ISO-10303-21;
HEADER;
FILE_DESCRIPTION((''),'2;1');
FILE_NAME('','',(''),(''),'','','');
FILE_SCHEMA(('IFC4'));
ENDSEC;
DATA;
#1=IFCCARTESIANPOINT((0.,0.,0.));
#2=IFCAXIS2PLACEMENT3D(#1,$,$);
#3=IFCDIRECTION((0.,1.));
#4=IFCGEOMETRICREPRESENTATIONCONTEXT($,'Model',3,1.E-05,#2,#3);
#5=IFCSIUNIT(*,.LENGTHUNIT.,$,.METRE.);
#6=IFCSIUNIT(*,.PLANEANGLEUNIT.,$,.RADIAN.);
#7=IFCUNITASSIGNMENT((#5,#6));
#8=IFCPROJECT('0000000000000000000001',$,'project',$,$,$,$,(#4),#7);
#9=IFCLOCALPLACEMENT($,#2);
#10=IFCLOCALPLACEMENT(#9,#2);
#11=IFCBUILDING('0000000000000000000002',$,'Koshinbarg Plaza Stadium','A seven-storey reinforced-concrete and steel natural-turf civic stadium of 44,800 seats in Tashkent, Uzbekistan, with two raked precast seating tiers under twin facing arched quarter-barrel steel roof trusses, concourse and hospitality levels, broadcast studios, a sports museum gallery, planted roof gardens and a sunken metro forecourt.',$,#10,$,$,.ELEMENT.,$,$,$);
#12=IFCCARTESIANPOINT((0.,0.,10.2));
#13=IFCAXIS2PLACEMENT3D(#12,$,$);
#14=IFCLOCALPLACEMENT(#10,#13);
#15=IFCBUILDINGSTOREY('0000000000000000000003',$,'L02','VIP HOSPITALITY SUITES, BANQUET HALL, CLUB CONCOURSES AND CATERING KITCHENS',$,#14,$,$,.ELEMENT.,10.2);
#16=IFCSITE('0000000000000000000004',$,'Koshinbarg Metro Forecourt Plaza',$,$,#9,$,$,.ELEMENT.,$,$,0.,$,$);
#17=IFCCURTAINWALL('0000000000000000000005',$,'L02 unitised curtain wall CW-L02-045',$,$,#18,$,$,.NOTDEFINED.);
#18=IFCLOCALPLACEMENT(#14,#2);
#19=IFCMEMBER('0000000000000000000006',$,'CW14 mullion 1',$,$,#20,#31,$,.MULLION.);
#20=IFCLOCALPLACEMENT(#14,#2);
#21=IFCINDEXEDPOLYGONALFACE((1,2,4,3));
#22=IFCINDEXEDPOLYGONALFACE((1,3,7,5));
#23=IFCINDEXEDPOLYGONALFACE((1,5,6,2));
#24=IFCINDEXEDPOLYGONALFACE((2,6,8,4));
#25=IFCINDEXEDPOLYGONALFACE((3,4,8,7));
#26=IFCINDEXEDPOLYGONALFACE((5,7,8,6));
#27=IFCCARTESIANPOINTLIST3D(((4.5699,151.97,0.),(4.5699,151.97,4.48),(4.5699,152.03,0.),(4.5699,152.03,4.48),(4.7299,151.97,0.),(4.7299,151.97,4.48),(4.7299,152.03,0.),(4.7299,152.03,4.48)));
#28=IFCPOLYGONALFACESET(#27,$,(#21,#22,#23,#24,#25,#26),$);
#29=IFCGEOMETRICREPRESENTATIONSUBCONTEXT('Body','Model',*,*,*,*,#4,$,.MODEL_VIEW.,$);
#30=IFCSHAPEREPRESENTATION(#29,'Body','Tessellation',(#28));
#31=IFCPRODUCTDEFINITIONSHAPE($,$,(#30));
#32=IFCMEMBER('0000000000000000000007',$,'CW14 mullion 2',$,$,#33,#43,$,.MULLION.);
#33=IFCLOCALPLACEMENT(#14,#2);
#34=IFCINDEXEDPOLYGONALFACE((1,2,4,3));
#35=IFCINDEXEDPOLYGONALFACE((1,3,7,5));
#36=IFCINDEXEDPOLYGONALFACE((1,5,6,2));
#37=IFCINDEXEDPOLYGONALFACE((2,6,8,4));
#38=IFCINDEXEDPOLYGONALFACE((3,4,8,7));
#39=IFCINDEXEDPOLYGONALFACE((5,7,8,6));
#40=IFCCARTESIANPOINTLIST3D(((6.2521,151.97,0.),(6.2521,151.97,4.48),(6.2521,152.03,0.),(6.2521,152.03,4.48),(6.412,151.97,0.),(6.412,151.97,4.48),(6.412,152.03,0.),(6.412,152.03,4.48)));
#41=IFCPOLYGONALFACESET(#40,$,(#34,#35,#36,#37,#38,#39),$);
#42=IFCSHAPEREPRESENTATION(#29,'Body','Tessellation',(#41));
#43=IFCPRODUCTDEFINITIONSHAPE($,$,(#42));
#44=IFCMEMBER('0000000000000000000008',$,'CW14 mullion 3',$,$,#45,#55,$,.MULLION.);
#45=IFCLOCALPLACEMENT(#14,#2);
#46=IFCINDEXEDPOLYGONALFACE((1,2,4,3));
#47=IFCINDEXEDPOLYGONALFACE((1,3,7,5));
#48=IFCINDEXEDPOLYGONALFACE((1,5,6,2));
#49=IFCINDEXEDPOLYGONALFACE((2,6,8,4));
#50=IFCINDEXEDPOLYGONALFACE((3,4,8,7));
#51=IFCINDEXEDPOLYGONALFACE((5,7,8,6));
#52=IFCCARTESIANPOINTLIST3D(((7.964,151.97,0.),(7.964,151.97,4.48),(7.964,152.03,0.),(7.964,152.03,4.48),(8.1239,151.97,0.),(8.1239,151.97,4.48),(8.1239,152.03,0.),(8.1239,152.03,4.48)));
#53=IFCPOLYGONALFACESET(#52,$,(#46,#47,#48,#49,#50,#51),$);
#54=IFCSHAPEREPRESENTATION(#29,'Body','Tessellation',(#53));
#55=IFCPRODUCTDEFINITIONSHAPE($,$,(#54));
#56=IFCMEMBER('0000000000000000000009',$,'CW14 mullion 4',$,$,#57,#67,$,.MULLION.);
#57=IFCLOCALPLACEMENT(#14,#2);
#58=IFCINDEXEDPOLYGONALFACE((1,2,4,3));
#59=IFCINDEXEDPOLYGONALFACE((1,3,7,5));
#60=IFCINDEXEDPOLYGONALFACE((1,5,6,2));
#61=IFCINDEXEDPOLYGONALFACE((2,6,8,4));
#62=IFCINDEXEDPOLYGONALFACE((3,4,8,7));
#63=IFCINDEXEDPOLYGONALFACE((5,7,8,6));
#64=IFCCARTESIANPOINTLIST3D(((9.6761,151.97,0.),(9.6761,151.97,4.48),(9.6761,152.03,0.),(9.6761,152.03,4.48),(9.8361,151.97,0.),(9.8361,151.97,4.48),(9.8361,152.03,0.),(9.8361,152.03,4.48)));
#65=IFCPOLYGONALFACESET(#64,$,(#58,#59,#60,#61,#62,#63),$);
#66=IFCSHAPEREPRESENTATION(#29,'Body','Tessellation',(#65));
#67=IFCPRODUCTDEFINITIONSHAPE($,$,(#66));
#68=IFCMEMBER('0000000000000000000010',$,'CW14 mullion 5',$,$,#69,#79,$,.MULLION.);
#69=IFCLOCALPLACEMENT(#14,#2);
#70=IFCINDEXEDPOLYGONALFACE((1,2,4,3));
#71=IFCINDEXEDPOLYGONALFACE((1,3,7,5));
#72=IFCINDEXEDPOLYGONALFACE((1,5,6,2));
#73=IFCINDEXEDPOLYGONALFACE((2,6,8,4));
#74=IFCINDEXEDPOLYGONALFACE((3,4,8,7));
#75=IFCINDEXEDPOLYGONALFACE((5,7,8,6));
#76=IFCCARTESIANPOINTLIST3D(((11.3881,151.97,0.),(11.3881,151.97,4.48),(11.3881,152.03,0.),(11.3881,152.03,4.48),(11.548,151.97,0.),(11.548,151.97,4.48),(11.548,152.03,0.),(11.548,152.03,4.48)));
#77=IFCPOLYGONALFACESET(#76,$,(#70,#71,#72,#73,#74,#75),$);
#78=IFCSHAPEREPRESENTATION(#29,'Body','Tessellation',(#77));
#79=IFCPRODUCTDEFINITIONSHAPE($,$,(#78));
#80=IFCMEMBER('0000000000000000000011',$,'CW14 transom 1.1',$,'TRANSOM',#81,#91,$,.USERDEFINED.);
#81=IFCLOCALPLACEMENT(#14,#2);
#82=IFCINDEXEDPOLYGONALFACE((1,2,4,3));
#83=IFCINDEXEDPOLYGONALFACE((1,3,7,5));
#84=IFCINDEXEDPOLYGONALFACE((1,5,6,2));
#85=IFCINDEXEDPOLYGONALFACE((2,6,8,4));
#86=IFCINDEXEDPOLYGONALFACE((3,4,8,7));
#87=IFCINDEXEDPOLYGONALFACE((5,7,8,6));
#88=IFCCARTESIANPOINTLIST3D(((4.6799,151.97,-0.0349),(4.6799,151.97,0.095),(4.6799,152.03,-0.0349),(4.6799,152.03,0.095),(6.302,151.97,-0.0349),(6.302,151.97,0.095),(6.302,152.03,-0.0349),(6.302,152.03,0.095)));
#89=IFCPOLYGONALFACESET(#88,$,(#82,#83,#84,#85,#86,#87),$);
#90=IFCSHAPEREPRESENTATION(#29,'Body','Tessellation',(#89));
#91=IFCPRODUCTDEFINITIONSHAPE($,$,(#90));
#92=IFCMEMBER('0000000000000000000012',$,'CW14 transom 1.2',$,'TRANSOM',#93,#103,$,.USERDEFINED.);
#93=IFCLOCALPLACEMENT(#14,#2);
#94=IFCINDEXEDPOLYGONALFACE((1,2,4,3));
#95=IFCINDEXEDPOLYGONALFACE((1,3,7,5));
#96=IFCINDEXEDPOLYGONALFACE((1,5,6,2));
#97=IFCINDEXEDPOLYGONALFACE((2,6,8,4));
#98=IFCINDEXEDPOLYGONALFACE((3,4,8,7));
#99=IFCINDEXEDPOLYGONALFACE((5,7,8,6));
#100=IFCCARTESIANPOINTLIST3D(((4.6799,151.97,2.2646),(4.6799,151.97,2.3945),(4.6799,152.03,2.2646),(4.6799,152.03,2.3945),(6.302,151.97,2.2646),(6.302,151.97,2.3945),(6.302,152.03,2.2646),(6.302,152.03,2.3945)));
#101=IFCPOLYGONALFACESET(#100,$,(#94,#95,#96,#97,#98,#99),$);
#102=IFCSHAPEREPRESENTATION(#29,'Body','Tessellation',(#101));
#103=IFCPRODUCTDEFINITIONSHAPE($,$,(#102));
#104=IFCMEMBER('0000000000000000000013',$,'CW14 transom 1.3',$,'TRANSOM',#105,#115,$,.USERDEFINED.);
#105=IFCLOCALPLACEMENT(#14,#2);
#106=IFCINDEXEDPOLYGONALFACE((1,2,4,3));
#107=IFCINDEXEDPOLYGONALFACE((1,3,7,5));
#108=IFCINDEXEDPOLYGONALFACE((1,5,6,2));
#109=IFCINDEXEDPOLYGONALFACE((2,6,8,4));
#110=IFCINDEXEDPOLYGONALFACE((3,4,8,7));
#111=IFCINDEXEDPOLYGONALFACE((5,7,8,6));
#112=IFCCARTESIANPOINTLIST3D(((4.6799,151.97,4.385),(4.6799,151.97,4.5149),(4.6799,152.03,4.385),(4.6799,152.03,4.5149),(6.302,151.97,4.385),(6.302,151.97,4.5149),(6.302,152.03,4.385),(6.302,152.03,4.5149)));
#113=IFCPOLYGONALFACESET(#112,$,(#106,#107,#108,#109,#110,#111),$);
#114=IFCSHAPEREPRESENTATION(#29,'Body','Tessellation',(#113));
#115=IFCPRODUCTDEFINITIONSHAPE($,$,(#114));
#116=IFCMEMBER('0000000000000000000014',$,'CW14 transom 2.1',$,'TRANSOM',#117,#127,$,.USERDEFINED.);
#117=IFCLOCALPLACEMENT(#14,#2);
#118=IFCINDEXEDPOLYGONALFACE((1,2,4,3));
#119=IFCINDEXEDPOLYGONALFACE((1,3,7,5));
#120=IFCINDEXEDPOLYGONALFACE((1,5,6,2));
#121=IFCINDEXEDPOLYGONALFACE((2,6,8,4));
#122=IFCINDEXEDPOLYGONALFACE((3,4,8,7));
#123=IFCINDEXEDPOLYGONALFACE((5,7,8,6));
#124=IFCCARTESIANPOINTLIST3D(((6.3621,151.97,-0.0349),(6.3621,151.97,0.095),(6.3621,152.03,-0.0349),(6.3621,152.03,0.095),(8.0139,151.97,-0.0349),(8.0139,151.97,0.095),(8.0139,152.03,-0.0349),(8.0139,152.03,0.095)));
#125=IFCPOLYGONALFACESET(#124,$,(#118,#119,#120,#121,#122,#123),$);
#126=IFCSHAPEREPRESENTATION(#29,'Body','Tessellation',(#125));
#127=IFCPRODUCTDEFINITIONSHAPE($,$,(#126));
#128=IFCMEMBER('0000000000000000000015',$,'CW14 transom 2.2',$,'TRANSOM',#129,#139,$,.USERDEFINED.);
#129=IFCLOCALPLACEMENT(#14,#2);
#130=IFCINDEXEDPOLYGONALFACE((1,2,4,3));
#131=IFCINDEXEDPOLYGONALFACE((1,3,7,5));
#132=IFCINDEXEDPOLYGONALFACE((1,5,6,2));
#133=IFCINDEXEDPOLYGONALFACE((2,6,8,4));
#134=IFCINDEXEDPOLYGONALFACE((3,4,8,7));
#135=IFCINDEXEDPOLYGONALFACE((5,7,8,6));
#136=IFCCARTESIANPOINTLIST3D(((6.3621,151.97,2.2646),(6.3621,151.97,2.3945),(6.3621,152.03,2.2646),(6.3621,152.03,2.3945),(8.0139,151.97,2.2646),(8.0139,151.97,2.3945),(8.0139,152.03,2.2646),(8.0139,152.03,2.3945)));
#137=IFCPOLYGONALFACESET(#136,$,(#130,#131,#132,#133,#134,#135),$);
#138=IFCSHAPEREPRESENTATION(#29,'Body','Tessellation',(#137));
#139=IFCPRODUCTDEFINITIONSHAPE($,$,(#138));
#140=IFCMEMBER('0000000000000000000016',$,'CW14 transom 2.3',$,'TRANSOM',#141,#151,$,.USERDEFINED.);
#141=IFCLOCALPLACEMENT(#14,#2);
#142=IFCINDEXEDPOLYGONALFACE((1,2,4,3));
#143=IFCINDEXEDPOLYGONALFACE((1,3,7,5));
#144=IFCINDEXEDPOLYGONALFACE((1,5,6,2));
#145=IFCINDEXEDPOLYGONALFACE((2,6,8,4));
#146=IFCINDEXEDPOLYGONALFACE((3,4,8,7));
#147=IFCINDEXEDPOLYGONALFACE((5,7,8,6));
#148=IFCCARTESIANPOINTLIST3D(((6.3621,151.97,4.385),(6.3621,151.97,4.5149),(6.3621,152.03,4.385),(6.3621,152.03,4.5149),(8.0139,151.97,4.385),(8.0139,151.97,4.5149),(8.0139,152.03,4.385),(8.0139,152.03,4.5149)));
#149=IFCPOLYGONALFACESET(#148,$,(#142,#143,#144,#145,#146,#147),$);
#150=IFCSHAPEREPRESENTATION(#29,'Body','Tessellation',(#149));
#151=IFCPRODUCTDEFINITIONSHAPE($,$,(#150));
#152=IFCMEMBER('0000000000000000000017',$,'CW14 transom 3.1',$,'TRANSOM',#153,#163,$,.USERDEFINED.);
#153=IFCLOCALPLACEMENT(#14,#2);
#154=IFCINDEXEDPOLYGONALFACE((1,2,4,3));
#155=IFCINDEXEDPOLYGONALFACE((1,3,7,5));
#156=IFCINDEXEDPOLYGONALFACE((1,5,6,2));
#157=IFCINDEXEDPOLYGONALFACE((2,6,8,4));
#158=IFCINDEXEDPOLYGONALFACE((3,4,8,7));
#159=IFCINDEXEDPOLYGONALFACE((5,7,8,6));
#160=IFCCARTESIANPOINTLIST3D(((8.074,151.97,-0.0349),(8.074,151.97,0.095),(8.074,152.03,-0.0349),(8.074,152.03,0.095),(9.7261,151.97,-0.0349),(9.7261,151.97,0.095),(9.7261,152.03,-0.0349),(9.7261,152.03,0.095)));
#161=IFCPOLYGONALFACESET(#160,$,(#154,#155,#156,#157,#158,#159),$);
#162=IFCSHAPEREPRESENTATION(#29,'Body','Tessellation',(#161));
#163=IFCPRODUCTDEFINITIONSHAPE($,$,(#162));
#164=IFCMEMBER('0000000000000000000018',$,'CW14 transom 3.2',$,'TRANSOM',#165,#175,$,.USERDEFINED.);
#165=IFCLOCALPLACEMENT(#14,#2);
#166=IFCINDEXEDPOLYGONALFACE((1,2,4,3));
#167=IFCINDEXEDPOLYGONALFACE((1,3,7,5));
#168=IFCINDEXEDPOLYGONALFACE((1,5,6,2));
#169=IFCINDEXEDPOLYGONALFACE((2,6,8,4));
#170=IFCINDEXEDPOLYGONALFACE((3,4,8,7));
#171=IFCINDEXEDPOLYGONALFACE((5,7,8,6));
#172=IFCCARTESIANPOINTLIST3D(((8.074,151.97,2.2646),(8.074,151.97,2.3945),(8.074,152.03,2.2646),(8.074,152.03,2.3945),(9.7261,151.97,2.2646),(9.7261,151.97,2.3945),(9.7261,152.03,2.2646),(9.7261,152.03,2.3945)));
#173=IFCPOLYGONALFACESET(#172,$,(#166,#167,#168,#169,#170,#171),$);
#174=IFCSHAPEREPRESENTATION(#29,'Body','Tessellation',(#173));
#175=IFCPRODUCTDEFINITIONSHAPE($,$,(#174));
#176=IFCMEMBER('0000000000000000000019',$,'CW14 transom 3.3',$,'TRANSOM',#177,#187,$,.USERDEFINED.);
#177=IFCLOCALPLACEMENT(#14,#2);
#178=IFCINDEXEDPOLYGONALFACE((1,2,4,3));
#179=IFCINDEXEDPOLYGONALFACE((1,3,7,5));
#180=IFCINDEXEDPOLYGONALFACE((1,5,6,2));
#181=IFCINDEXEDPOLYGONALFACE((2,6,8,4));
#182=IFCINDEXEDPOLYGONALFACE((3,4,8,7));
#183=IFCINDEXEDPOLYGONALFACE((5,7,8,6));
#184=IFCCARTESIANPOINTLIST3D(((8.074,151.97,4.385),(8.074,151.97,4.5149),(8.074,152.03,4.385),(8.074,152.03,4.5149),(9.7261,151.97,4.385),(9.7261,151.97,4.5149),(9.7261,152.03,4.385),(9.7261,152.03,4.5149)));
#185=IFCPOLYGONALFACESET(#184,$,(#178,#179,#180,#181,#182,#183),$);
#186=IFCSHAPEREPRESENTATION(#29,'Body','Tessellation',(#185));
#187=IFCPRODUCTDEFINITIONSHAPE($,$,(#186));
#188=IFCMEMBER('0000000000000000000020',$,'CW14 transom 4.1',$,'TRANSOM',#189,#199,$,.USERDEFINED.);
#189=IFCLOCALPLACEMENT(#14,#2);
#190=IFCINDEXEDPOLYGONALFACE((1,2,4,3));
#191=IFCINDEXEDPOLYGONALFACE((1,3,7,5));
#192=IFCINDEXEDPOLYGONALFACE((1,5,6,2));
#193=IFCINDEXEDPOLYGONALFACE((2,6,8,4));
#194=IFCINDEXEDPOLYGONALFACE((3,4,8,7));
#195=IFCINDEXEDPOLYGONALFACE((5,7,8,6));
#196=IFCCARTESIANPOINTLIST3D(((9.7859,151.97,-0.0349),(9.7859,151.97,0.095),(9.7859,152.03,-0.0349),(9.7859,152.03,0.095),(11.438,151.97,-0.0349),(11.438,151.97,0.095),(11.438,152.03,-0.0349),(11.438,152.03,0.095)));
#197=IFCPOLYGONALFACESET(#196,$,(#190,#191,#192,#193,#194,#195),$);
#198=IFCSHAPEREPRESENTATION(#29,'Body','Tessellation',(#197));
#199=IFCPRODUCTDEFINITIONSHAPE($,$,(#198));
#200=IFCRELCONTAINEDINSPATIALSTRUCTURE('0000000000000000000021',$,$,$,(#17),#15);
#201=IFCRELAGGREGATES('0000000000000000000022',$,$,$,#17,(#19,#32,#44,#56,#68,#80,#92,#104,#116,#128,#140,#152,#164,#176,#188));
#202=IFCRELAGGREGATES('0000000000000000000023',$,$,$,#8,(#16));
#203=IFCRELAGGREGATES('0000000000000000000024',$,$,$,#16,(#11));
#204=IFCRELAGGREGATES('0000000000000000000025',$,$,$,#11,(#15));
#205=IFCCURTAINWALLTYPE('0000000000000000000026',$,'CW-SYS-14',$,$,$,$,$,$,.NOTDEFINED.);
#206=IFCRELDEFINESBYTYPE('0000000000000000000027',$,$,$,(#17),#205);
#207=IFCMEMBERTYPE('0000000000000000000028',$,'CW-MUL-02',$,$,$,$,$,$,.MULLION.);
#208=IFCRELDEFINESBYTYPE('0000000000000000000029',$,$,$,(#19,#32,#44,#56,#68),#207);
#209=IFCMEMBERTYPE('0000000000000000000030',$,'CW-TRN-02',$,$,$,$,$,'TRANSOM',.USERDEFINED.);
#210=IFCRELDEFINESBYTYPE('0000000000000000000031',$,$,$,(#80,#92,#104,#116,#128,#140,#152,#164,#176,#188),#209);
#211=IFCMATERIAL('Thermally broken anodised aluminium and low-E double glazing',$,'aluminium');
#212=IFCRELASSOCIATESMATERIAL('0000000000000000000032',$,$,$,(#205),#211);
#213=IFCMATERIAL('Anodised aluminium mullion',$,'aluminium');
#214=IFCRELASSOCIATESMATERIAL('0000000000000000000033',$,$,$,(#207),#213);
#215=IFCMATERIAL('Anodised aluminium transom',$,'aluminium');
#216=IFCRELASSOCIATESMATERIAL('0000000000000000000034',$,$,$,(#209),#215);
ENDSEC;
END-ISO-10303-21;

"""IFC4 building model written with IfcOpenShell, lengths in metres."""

from ifc_helpers import new_model, si_unit, direction, frame, origin, origin_2d, place, context, subcontext, project, spatial, rectangle, extrude, material, material_profile, profile_set, type_object, element, aggregate, save


model = new_model("IFC4")

# Units and contexts
model_context = context("Model", 3, precision=1e-05, world=origin(), true_north=direction((0.0, 1.0)))
body_context = subcontext(model_context, "Body", "Model", "MODEL_VIEW")
ifc_project = project(units=[si_unit("LENGTHUNIT", "METRE"), si_unit("PLANEANGLEUNIT", "RADIAN")], contexts=[model_context])

# Site, building, storey
site_placement = place(None, origin())
site = spatial("IfcSite", under=ifc_project, at=site_placement, Name="Koshinbarg Metro Forecourt Plaza", CompositionType="ELEMENT", RefElevation=0.0)
building_placement = place(site_placement, origin())
building = spatial("IfcBuilding", under=site, at=building_placement, Name="Koshinbarg Plaza Stadium", Description="A seven-storey reinforced-concrete and steel natural-turf civic stadium of 44,800 seats in Tashkent, Uzbekistan, with two raked precast seating tiers under twin facing arched quarter-barrel steel roof trusses, concourse and hospitality levels, broadcast studios, a sports museum gallery, planted roof gardens and a sunken metro forecourt.", CompositionType="ELEMENT")
storey_placement = place(building_placement, frame((0.0, 0.0, 10.2)))
storey = spatial("IfcBuildingStorey", under=building, at=storey_placement, Name="L02", Description="VIP HOSPITALITY SUITES, BANQUET HALL, CLUB CONCOURSES AND CATERING KITCHENS", CompositionType="ELEMENT", Elevation=10.2)

# Curtain wall, members
ifc_material_1 = material(Name="Thermally broken anodised aluminium and low-E double glazing", Category="aluminium")
curtain_wall_type = type_object("IfcCurtainWallType", Name="CW-SYS-14", PredefinedType="NOTDEFINED", material=ifc_material_1)
curtain_wall_placement = place(storey_placement, origin())
curtain_wall = element("IfcCurtainWall", 1, at=curtain_wall_placement, inside=storey, type_object=curtain_wall_type, Name="L02 unitised curtain wall CW-L02-045", PredefinedType="NOTDEFINED")
ifc_material_2 = material(Name="Anodised aluminium mullion", Category="aluminium")
ifc_material_profile_1 = material_profile(ifc_material_2, rectangle(XDim=0.0601, YDim=0.1599, at=origin_2d()), Name="ALU 60x160")
ifc_profile_set_1 = profile_set([ifc_material_profile_1], Name="Anodised aluminium mullion")
member_type_1 = type_object("IfcMemberType", Name="CW-MUL-02", PredefinedType="MULLION", material=ifc_profile_set_1)
member_1_placement = place(storey_placement, frame((4.6499, 152.0, 0.0), z_axis=(0.0, 0.0, 1.0), x_axis=(0.0, 1.0, 0.0)))
member_1 = element("IfcMember", 2, at=member_1_placement, type_object=member_type_1, Name="CW14 mullion 1", PredefinedType="MULLION", context=body_context, shape_type="SweptSolid", body=[
    extrude(rectangle(XDim=0.0601, YDim=0.1599, at=origin_2d()), origin(), (0.0, 0.0, 1.0), 4.48),
])
member_2_placement = place(storey_placement, frame((6.332, 152.0, 0.0), z_axis=(0.0, 0.0, 1.0), x_axis=(0.0, 1.0, 0.0)))
member_2 = element("IfcMember", 3, at=member_2_placement, type_object=member_type_1, Name="CW14 mullion 2", PredefinedType="MULLION", context=body_context, shape_type="SweptSolid", body=[
    extrude(rectangle(XDim=0.0601, YDim=0.1599, at=origin_2d()), origin(), (0.0, 0.0, 1.0), 4.48),
])
member_3_placement = place(storey_placement, frame((8.0439, 152.0, 0.0), z_axis=(0.0, 0.0, 1.0), x_axis=(0.0, 1.0, 0.0)))
member_3 = element("IfcMember", 4, at=member_3_placement, type_object=member_type_1, Name="CW14 mullion 3", PredefinedType="MULLION", context=body_context, shape_type="SweptSolid", body=[
    extrude(rectangle(XDim=0.0601, YDim=0.1599, at=origin_2d()), origin(), (0.0, 0.0, 1.0), 4.48),
])
member_4_placement = place(storey_placement, frame((9.7561, 152.0, 0.0), z_axis=(0.0, 0.0, 1.0), x_axis=(0.0, 1.0, 0.0)))
member_4 = element("IfcMember", 5, at=member_4_placement, type_object=member_type_1, Name="CW14 mullion 4", PredefinedType="MULLION", context=body_context, shape_type="SweptSolid", body=[
    extrude(rectangle(XDim=0.0601, YDim=0.1599, at=origin_2d()), origin(), (0.0, 0.0, 1.0), 4.48),
])
member_5_placement = place(storey_placement, frame((11.468, 152.0, 0.0), z_axis=(0.0, 0.0, 1.0), x_axis=(0.0, 1.0, 0.0)))
member_5 = element("IfcMember", 6, at=member_5_placement, type_object=member_type_1, Name="CW14 mullion 5", PredefinedType="MULLION", context=body_context, shape_type="SweptSolid", body=[
    extrude(rectangle(XDim=0.0601, YDim=0.1599, at=origin_2d()), origin(), (0.0, 0.0, 1.0), 4.48),
])
ifc_material_3 = material(Name="Anodised aluminium transom", Category="aluminium")
ifc_material_profile_2 = material_profile(ifc_material_3, rectangle(XDim=0.0601, YDim=0.1299, at=origin_2d()), Name="ALU 60x130")
ifc_profile_set_2 = profile_set([ifc_material_profile_2], Name="Anodised aluminium transom")
member_type_2 = type_object("IfcMemberType", Name="CW-TRN-02", ElementType="TRANSOM", PredefinedType="USERDEFINED", material=ifc_profile_set_2)
member_6_placement = place(storey_placement, frame((4.6799, 152.0, 0.03), z_axis=(1.0, 0.0, 0.0), x_axis=(0.0, 1.0, 0.0)))
member_6 = element("IfcMember", 7, at=member_6_placement, type_object=member_type_2, Name="CW14 transom 1.1", ObjectType="TRANSOM", PredefinedType="USERDEFINED", context=body_context, shape_type="SweptSolid", body=[
    extrude(rectangle(XDim=0.0601, YDim=0.1299, at=origin_2d()), origin(), (0.0, 0.0, 1.0), 1.6221),
])
member_7_placement = place(storey_placement, frame((4.6799, 152.0, 2.3296), z_axis=(1.0, 0.0, 0.0), x_axis=(0.0, 1.0, 0.0)))
member_7 = element("IfcMember", 8, at=member_7_placement, type_object=member_type_2, Name="CW14 transom 1.2", ObjectType="TRANSOM", PredefinedType="USERDEFINED", context=body_context, shape_type="SweptSolid", body=[
    extrude(rectangle(XDim=0.0601, YDim=0.1299, at=origin_2d()), origin(), (0.0, 0.0, 1.0), 1.6221),
])
member_8_placement = place(storey_placement, frame((4.6799, 152.0, 4.45), z_axis=(1.0, 0.0, 0.0), x_axis=(0.0, 1.0, 0.0)))
member_8 = element("IfcMember", 9, at=member_8_placement, type_object=member_type_2, Name="CW14 transom 1.3", ObjectType="TRANSOM", PredefinedType="USERDEFINED", context=body_context, shape_type="SweptSolid", body=[
    extrude(rectangle(XDim=0.0601, YDim=0.1299, at=origin_2d()), origin(), (0.0, 0.0, 1.0), 1.6221),
])
member_9_placement = place(storey_placement, frame((6.3621, 152.0, 0.03), z_axis=(1.0, 0.0, 0.0), x_axis=(0.0, 1.0, 0.0)))
member_9 = element("IfcMember", 10, at=member_9_placement, type_object=member_type_2, Name="CW14 transom 2.1", ObjectType="TRANSOM", PredefinedType="USERDEFINED", context=body_context, shape_type="SweptSolid", body=[
    extrude(rectangle(XDim=0.0601, YDim=0.1299, at=origin_2d()), origin(), (0.0, 0.0, 1.0), 1.6519),
])
member_10_placement = place(storey_placement, frame((6.3621, 152.0, 2.3296), z_axis=(1.0, 0.0, 0.0), x_axis=(0.0, 1.0, 0.0)))
member_10 = element("IfcMember", 11, at=member_10_placement, type_object=member_type_2, Name="CW14 transom 2.2", ObjectType="TRANSOM", PredefinedType="USERDEFINED", context=body_context, shape_type="SweptSolid", body=[
    extrude(rectangle(XDim=0.0601, YDim=0.1299, at=origin_2d()), origin(), (0.0, 0.0, 1.0), 1.6519),
])
member_11_placement = place(storey_placement, frame((6.3621, 152.0, 4.45), z_axis=(1.0, 0.0, 0.0), x_axis=(0.0, 1.0, 0.0)))
member_11 = element("IfcMember", 12, at=member_11_placement, type_object=member_type_2, Name="CW14 transom 2.3", ObjectType="TRANSOM", PredefinedType="USERDEFINED", context=body_context, shape_type="SweptSolid", body=[
    extrude(rectangle(XDim=0.0601, YDim=0.1299, at=origin_2d()), origin(), (0.0, 0.0, 1.0), 1.6519),
])
member_12_placement = place(storey_placement, frame((8.074, 152.0, 0.03), z_axis=(1.0, 0.0, 0.0), x_axis=(0.0, 1.0, 0.0)))
member_12 = element("IfcMember", 13, at=member_12_placement, type_object=member_type_2, Name="CW14 transom 3.1", ObjectType="TRANSOM", PredefinedType="USERDEFINED", context=body_context, shape_type="SweptSolid", body=[
    extrude(rectangle(XDim=0.0601, YDim=0.1299, at=origin_2d()), origin(), (0.0, 0.0, 1.0), 1.6521),
])
member_13_placement = place(storey_placement, frame((8.074, 152.0, 2.3296), z_axis=(1.0, 0.0, 0.0), x_axis=(0.0, 1.0, 0.0)))
member_13 = element("IfcMember", 14, at=member_13_placement, type_object=member_type_2, Name="CW14 transom 3.2", ObjectType="TRANSOM", PredefinedType="USERDEFINED", context=body_context, shape_type="SweptSolid", body=[
    extrude(rectangle(XDim=0.0601, YDim=0.1299, at=origin_2d()), origin(), (0.0, 0.0, 1.0), 1.6521),
])
member_14_placement = place(storey_placement, frame((8.074, 152.0, 4.45), z_axis=(1.0, 0.0, 0.0), x_axis=(0.0, 1.0, 0.0)))
member_14 = element("IfcMember", 15, at=member_14_placement, type_object=member_type_2, Name="CW14 transom 3.3", ObjectType="TRANSOM", PredefinedType="USERDEFINED", context=body_context, shape_type="SweptSolid", body=[
    extrude(rectangle(XDim=0.0601, YDim=0.1299, at=origin_2d()), origin(), (0.0, 0.0, 1.0), 1.6521),
])
member_15_placement = place(storey_placement, frame((9.7859, 152.0, 0.03), z_axis=(1.0, 0.0, 0.0), x_axis=(0.0, 1.0, 0.0)))
member_15 = element("IfcMember", 16, at=member_15_placement, type_object=member_type_2, Name="CW14 transom 4.1", ObjectType="TRANSOM", PredefinedType="USERDEFINED", context=body_context, shape_type="SweptSolid", body=[
    extrude(rectangle(XDim=0.0601, YDim=0.1299, at=origin_2d()), origin(), (0.0, 0.0, 1.0), 1.6521),
])
aggregate(curtain_wall, [member_1, member_2, member_3, member_4, member_5, member_6, member_7, member_8, member_9, member_10, member_11, member_12, member_13, member_14, member_15])

save(model, "model.ifc")
